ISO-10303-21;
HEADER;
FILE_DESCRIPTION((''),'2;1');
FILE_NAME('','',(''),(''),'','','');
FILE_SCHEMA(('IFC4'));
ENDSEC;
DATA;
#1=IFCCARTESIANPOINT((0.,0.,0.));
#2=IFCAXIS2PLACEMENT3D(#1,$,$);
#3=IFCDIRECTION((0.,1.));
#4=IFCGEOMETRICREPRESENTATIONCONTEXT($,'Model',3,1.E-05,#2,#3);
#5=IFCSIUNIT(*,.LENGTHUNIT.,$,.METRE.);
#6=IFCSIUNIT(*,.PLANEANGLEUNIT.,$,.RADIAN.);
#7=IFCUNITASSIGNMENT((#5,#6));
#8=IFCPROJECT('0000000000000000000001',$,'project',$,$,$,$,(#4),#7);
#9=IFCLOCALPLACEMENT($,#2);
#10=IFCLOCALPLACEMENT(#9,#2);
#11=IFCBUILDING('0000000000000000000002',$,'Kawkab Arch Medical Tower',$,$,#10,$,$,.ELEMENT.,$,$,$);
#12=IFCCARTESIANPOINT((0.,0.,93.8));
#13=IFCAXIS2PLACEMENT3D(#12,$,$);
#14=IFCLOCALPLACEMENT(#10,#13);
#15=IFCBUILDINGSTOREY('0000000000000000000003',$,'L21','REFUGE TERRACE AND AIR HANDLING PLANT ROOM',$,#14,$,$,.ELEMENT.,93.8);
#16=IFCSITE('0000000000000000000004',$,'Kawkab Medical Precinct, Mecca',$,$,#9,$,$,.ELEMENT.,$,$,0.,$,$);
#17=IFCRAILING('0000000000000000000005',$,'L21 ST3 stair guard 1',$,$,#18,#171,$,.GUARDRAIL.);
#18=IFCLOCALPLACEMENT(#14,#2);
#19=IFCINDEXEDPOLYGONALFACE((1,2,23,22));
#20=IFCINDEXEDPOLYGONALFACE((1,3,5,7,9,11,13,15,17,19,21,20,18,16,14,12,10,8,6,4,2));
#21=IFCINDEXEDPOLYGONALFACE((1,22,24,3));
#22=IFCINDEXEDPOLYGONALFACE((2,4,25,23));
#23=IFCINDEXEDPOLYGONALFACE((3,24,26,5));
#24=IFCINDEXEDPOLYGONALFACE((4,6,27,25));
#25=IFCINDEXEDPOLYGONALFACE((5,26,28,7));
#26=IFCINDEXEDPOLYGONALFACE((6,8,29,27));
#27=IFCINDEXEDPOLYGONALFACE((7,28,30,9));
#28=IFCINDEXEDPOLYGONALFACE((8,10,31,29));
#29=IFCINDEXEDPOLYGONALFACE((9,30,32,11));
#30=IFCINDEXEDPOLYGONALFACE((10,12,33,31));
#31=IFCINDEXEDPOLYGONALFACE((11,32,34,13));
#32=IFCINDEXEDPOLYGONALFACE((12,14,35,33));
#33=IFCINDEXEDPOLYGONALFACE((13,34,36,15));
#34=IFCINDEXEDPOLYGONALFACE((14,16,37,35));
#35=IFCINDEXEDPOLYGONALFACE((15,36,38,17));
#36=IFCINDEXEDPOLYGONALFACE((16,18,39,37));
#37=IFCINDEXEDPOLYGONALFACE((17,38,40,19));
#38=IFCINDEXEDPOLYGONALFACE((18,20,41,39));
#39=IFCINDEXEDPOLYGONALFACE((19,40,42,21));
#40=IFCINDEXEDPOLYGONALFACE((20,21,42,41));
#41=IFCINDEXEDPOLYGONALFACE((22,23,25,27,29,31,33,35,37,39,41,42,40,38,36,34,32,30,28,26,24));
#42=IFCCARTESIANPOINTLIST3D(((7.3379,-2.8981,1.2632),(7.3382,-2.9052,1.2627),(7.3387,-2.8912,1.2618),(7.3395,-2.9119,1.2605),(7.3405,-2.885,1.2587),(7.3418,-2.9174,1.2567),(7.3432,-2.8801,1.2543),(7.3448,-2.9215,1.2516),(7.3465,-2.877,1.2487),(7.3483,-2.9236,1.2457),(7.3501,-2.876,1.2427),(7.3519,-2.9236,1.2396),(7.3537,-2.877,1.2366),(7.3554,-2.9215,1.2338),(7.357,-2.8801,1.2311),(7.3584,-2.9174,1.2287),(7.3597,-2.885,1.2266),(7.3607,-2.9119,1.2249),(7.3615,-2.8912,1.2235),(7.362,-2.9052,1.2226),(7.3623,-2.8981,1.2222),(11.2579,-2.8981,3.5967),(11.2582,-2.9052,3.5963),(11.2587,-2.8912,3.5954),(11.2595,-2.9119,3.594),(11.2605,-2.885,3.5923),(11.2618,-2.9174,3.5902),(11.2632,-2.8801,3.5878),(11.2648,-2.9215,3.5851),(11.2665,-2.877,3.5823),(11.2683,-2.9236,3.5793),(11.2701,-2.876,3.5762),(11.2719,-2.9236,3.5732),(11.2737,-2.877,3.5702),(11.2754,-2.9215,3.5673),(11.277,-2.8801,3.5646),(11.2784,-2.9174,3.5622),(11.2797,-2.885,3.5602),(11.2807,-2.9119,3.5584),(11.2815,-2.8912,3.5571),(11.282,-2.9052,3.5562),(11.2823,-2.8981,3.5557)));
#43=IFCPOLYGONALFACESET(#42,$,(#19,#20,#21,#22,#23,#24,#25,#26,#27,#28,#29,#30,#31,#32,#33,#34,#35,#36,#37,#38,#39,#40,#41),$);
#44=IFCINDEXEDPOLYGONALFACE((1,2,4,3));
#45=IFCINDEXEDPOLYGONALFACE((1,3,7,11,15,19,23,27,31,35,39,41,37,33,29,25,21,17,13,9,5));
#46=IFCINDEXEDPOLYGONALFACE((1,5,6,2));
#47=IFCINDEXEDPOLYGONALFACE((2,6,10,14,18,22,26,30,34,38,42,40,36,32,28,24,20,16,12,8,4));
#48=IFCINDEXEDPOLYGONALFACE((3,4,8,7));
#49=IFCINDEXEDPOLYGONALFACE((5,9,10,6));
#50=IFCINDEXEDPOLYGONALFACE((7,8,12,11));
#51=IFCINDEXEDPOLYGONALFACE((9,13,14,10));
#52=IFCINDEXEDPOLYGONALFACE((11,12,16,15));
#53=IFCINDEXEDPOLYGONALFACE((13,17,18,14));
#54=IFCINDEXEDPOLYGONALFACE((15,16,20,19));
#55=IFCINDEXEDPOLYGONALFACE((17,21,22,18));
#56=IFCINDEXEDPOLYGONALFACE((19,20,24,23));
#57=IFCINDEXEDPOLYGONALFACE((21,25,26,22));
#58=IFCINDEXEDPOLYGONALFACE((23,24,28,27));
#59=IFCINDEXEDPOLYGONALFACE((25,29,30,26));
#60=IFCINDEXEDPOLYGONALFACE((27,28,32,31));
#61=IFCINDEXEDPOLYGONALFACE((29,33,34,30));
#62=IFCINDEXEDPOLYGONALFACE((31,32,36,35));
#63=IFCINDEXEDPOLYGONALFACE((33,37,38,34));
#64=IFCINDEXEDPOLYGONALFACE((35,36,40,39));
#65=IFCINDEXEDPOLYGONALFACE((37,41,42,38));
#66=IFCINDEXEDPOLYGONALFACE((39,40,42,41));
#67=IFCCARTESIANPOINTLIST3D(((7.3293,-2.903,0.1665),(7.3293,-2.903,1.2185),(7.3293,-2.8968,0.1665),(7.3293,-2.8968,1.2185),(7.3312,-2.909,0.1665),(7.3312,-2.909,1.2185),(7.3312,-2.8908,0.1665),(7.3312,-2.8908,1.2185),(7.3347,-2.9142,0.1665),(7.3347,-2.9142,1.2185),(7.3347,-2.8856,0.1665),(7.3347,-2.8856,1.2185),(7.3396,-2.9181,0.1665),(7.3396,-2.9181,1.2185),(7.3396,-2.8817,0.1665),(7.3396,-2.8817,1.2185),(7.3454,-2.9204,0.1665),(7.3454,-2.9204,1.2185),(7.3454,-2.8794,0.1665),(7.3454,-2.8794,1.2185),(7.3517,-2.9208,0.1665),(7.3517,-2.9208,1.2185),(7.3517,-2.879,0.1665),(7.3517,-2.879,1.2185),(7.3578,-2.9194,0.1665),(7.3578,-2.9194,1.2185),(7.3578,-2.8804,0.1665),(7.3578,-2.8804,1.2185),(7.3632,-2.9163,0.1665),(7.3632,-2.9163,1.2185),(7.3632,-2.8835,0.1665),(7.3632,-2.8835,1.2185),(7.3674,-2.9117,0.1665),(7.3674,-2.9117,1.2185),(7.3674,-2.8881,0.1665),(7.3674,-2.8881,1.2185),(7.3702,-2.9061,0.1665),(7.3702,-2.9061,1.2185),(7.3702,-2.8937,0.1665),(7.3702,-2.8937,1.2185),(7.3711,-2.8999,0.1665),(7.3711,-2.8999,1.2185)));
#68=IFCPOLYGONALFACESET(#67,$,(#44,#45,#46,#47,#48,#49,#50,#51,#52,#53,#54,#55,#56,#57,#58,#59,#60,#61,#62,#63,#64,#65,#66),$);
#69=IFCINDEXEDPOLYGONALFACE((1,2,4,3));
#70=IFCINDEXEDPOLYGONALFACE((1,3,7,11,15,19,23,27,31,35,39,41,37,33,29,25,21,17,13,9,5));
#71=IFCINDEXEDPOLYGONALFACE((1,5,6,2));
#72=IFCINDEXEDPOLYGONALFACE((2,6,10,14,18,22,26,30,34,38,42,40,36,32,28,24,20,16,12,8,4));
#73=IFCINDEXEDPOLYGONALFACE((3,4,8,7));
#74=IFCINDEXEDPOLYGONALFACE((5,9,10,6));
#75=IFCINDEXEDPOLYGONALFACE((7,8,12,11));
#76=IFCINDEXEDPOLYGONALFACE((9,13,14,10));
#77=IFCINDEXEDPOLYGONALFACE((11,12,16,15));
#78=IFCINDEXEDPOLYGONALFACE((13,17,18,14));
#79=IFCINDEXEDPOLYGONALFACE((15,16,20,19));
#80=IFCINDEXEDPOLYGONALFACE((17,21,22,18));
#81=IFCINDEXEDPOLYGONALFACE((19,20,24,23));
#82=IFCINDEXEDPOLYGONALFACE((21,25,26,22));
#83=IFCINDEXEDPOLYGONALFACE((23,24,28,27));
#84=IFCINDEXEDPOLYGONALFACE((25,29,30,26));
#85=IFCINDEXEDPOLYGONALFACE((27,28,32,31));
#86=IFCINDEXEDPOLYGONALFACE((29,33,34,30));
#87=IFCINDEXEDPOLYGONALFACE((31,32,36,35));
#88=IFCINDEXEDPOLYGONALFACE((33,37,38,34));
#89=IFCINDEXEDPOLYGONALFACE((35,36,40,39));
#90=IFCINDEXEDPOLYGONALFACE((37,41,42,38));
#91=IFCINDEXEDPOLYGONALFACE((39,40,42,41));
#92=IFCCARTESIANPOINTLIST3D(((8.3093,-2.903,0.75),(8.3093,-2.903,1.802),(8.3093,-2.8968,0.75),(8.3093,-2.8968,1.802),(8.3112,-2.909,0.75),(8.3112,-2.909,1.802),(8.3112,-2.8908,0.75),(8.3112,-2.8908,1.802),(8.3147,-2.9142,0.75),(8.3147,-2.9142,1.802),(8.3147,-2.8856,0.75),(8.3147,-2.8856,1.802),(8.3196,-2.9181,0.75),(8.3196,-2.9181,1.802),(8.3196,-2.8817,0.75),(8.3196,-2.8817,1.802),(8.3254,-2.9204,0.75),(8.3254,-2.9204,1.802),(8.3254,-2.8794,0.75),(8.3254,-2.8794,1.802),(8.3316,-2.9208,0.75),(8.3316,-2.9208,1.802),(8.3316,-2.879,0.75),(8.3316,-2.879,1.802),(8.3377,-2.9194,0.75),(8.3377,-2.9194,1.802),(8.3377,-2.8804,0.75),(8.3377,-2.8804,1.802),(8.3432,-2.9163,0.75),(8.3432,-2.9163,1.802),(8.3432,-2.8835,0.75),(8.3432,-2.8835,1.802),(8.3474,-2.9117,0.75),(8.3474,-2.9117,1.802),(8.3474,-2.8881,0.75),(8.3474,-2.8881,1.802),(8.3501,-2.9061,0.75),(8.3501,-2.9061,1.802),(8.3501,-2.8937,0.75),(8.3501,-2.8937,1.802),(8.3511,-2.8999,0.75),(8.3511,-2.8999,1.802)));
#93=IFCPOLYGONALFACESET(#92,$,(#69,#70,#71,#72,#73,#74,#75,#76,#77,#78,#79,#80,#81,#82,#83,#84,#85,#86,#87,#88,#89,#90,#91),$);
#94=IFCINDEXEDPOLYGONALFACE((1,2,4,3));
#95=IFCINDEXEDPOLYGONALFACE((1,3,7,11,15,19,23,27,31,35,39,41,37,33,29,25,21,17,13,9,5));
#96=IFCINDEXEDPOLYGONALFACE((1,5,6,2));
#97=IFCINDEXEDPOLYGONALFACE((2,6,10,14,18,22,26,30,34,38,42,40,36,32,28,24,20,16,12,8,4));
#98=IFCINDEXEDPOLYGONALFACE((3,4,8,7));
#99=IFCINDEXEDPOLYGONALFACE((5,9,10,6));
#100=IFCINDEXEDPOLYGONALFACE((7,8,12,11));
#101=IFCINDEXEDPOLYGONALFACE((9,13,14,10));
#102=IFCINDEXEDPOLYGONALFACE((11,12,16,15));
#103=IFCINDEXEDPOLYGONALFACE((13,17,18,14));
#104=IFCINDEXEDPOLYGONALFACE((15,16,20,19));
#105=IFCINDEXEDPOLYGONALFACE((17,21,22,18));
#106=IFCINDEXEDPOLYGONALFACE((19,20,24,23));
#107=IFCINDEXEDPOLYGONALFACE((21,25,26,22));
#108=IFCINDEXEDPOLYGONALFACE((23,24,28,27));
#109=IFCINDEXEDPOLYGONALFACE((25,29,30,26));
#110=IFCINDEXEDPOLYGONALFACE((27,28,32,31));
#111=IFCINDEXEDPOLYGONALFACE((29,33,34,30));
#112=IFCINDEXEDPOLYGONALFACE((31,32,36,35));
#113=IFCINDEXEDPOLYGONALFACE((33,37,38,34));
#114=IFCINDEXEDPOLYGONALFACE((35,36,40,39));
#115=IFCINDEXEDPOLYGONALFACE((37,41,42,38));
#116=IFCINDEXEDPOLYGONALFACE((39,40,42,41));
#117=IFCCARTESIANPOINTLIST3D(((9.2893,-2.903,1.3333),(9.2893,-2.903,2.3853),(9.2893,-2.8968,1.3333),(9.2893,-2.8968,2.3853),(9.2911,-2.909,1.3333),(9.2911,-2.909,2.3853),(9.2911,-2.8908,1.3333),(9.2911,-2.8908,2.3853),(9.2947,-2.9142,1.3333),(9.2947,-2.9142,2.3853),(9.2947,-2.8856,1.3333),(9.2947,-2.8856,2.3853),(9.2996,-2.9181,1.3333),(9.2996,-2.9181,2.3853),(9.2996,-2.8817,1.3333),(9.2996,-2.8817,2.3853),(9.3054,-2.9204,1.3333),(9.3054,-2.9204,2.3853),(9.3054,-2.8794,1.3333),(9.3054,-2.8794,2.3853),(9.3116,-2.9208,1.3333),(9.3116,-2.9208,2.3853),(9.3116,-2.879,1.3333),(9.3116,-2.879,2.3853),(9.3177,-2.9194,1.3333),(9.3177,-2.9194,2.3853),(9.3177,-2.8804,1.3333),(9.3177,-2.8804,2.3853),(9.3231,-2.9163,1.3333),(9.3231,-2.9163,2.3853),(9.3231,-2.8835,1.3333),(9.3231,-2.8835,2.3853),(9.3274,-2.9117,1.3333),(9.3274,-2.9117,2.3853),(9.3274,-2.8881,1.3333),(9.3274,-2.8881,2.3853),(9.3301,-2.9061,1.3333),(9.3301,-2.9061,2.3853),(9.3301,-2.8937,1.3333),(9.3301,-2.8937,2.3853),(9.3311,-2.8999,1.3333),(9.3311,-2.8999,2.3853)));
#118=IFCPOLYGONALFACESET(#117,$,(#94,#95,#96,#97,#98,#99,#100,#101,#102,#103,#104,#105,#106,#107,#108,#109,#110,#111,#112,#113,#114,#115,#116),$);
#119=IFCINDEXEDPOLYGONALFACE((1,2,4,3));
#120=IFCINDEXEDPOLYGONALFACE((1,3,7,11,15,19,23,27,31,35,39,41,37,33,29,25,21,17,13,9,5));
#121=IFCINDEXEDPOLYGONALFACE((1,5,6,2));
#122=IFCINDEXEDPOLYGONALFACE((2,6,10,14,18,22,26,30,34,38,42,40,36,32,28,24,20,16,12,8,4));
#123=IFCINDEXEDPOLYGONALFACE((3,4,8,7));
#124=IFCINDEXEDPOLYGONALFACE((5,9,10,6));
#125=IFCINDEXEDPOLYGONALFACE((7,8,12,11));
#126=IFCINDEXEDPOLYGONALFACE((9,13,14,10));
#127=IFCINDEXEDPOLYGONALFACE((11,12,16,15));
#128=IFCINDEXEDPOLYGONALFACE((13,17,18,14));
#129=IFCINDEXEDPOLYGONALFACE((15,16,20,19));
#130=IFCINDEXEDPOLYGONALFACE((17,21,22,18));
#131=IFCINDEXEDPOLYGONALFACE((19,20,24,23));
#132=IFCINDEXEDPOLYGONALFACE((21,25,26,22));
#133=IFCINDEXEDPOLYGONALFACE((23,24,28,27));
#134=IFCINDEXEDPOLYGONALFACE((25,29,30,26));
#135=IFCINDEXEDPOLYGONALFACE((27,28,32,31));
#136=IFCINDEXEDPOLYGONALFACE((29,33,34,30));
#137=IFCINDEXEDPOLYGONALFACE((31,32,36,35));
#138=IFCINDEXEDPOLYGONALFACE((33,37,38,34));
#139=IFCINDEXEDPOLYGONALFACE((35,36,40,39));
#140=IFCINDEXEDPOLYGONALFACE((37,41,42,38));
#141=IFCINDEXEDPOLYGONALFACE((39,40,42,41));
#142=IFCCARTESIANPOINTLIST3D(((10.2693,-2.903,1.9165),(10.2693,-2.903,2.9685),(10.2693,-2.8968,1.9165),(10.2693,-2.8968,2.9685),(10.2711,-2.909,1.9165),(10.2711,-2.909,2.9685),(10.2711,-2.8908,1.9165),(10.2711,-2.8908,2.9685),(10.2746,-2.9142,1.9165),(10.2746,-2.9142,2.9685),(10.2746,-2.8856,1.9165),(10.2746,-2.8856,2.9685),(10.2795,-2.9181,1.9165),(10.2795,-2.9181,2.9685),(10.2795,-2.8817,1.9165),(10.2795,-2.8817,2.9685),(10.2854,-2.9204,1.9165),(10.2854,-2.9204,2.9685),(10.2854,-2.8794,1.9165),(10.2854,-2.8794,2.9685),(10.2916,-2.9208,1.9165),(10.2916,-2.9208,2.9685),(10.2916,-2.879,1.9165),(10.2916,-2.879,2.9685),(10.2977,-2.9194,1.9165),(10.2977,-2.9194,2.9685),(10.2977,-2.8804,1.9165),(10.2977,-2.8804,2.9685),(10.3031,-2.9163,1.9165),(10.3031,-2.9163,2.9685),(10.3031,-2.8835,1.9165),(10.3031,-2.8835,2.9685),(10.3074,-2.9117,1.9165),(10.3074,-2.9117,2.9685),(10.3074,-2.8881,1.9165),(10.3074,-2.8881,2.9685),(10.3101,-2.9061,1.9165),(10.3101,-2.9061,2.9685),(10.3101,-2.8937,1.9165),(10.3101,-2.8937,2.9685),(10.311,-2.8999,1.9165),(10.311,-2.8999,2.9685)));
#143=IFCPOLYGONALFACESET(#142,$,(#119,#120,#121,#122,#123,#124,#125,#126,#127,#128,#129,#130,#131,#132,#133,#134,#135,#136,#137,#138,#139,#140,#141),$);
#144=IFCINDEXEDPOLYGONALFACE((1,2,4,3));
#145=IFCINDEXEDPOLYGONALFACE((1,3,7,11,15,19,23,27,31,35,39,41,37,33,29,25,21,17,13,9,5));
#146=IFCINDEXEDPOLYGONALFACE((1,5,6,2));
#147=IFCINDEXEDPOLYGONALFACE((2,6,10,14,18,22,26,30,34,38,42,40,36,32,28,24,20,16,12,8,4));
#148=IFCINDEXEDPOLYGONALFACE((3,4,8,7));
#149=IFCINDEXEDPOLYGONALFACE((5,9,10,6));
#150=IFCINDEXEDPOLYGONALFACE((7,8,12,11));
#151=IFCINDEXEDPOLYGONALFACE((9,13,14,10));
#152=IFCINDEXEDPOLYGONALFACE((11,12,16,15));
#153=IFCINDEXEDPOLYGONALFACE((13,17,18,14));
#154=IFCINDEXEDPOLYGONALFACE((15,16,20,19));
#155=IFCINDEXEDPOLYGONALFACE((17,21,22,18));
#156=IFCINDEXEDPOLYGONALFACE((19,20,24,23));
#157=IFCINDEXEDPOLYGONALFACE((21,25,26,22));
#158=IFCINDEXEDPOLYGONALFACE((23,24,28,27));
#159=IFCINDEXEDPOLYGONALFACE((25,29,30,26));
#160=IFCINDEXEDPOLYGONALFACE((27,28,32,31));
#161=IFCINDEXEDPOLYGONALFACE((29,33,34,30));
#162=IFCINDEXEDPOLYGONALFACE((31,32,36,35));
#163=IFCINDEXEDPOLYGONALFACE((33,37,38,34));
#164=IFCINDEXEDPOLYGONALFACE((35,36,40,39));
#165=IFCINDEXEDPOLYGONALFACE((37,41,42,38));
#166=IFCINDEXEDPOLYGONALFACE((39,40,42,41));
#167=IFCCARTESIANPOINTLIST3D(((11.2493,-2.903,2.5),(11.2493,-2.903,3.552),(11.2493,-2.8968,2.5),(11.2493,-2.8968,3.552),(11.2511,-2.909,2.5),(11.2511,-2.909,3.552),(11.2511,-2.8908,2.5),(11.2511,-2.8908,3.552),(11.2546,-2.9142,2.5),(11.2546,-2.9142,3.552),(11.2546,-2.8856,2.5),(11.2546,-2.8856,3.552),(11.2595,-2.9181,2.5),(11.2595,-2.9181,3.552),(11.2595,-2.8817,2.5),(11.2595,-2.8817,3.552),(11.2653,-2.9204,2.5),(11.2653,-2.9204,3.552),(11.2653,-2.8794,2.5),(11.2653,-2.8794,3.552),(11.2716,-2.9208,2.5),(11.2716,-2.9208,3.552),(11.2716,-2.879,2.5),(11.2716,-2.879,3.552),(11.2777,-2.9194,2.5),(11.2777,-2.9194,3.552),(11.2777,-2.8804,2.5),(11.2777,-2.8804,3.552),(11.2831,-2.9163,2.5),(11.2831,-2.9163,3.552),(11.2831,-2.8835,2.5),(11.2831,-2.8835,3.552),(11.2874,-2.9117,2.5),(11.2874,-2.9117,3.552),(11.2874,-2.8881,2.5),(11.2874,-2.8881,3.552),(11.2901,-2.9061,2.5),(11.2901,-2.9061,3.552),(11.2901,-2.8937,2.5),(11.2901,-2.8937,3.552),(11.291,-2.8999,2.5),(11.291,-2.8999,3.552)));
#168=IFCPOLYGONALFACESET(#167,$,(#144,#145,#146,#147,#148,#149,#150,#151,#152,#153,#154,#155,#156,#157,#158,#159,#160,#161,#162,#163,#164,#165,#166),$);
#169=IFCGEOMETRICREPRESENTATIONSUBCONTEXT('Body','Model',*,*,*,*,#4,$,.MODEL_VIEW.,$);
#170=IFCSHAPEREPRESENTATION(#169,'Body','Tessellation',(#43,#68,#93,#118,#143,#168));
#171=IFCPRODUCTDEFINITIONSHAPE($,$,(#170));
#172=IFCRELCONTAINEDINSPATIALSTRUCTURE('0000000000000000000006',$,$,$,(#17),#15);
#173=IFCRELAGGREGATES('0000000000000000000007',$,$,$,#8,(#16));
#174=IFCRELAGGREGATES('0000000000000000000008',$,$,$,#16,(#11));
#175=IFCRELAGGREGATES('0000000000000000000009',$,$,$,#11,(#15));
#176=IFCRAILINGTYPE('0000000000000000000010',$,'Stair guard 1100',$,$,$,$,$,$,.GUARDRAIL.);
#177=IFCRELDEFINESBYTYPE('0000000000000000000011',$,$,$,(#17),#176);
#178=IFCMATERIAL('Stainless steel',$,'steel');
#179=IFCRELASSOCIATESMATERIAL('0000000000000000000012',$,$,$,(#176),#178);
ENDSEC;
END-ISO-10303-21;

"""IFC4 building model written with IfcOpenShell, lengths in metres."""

from ifc_helpers import new_model, si_unit, direction, frame, origin, origin_2d, place, context, subcontext, project, spatial, circle, extrude, material, type_object, element, save


model = new_model("IFC4")

# Units and contexts
model_context = context("Model", 3, precision=1e-05, world=origin(), true_north=direction((0.0, 1.0)))
body_context = subcontext(model_context, "Body", "Model", "MODEL_VIEW")
ifc_project = project(units=[si_unit("LENGTHUNIT", "METRE"), si_unit("PLANEANGLEUNIT", "RADIAN")], contexts=[model_context])

# Site, building, storey
site_placement = place(None, origin())
site = spatial("IfcSite", under=ifc_project, at=site_placement, Name="Kawkab Medical Precinct, Mecca", CompositionType="ELEMENT", RefElevation=0.0)
building_placement = place(site_placement, origin())
building = spatial("IfcBuilding", under=site, at=building_placement, Name="Kawkab Arch Medical Tower", CompositionType="ELEMENT")
storey_placement = place(building_placement, frame((0.0, 0.0, 93.8)))
storey = spatial("IfcBuildingStorey", under=building, at=storey_placement, Name="L21", Description="REFUGE TERRACE AND AIR HANDLING PLANT ROOM", CompositionType="ELEMENT", Elevation=93.8)

# Railing
ifc_material_1 = material(Name="Stainless steel", Category="steel")
railing_type = type_object("IfcRailingType", Name="Stair guard 1100", PredefinedType="GUARDRAIL", material=ifc_material_1)
railing_1_placement = place(storey_placement, frame((7.3501, -2.8999, 0.1665)))
element("IfcRailing", 1, at=railing_1_placement, inside=storey, type_object=railing_type, Name="L21 ST3 stair guard 1", PredefinedType="GUARDRAIL", context=body_context, shape_type="SweptSolid", body=[
    extrude(circle(Radius=0.0239, at=origin_2d()), frame((0.0, 0.0, 1.0762), z_axis=(0.859273, 0.0, 0.511518), x_axis=(0.0, 1.0, 0.0)), (0.0, 0.0, 1.0), 4.562),
    extrude(circle(Radius=0.021, at=origin_2d()), origin(), (0.0, 0.0, 1.0), 1.052),
    extrude(circle(Radius=0.021, at=origin_2d()), frame((0.98, 0.0, 0.5835)), (0.0, 0.0, 1.0), 1.052),
    extrude(circle(Radius=0.021, at=origin_2d()), frame((1.96, 0.0, 1.1667)), (0.0, 0.0, 1.0), 1.052),
    extrude(circle(Radius=0.021, at=origin_2d()), frame((2.9399, 0.0, 1.75)), (0.0, 0.0, 1.0), 1.052),
    extrude(circle(Radius=0.021, at=origin_2d()), frame((3.9199, 0.0, 2.3335)), (0.0, 0.0, 1.0), 1.052),
])

save(model, "model.ifc")
